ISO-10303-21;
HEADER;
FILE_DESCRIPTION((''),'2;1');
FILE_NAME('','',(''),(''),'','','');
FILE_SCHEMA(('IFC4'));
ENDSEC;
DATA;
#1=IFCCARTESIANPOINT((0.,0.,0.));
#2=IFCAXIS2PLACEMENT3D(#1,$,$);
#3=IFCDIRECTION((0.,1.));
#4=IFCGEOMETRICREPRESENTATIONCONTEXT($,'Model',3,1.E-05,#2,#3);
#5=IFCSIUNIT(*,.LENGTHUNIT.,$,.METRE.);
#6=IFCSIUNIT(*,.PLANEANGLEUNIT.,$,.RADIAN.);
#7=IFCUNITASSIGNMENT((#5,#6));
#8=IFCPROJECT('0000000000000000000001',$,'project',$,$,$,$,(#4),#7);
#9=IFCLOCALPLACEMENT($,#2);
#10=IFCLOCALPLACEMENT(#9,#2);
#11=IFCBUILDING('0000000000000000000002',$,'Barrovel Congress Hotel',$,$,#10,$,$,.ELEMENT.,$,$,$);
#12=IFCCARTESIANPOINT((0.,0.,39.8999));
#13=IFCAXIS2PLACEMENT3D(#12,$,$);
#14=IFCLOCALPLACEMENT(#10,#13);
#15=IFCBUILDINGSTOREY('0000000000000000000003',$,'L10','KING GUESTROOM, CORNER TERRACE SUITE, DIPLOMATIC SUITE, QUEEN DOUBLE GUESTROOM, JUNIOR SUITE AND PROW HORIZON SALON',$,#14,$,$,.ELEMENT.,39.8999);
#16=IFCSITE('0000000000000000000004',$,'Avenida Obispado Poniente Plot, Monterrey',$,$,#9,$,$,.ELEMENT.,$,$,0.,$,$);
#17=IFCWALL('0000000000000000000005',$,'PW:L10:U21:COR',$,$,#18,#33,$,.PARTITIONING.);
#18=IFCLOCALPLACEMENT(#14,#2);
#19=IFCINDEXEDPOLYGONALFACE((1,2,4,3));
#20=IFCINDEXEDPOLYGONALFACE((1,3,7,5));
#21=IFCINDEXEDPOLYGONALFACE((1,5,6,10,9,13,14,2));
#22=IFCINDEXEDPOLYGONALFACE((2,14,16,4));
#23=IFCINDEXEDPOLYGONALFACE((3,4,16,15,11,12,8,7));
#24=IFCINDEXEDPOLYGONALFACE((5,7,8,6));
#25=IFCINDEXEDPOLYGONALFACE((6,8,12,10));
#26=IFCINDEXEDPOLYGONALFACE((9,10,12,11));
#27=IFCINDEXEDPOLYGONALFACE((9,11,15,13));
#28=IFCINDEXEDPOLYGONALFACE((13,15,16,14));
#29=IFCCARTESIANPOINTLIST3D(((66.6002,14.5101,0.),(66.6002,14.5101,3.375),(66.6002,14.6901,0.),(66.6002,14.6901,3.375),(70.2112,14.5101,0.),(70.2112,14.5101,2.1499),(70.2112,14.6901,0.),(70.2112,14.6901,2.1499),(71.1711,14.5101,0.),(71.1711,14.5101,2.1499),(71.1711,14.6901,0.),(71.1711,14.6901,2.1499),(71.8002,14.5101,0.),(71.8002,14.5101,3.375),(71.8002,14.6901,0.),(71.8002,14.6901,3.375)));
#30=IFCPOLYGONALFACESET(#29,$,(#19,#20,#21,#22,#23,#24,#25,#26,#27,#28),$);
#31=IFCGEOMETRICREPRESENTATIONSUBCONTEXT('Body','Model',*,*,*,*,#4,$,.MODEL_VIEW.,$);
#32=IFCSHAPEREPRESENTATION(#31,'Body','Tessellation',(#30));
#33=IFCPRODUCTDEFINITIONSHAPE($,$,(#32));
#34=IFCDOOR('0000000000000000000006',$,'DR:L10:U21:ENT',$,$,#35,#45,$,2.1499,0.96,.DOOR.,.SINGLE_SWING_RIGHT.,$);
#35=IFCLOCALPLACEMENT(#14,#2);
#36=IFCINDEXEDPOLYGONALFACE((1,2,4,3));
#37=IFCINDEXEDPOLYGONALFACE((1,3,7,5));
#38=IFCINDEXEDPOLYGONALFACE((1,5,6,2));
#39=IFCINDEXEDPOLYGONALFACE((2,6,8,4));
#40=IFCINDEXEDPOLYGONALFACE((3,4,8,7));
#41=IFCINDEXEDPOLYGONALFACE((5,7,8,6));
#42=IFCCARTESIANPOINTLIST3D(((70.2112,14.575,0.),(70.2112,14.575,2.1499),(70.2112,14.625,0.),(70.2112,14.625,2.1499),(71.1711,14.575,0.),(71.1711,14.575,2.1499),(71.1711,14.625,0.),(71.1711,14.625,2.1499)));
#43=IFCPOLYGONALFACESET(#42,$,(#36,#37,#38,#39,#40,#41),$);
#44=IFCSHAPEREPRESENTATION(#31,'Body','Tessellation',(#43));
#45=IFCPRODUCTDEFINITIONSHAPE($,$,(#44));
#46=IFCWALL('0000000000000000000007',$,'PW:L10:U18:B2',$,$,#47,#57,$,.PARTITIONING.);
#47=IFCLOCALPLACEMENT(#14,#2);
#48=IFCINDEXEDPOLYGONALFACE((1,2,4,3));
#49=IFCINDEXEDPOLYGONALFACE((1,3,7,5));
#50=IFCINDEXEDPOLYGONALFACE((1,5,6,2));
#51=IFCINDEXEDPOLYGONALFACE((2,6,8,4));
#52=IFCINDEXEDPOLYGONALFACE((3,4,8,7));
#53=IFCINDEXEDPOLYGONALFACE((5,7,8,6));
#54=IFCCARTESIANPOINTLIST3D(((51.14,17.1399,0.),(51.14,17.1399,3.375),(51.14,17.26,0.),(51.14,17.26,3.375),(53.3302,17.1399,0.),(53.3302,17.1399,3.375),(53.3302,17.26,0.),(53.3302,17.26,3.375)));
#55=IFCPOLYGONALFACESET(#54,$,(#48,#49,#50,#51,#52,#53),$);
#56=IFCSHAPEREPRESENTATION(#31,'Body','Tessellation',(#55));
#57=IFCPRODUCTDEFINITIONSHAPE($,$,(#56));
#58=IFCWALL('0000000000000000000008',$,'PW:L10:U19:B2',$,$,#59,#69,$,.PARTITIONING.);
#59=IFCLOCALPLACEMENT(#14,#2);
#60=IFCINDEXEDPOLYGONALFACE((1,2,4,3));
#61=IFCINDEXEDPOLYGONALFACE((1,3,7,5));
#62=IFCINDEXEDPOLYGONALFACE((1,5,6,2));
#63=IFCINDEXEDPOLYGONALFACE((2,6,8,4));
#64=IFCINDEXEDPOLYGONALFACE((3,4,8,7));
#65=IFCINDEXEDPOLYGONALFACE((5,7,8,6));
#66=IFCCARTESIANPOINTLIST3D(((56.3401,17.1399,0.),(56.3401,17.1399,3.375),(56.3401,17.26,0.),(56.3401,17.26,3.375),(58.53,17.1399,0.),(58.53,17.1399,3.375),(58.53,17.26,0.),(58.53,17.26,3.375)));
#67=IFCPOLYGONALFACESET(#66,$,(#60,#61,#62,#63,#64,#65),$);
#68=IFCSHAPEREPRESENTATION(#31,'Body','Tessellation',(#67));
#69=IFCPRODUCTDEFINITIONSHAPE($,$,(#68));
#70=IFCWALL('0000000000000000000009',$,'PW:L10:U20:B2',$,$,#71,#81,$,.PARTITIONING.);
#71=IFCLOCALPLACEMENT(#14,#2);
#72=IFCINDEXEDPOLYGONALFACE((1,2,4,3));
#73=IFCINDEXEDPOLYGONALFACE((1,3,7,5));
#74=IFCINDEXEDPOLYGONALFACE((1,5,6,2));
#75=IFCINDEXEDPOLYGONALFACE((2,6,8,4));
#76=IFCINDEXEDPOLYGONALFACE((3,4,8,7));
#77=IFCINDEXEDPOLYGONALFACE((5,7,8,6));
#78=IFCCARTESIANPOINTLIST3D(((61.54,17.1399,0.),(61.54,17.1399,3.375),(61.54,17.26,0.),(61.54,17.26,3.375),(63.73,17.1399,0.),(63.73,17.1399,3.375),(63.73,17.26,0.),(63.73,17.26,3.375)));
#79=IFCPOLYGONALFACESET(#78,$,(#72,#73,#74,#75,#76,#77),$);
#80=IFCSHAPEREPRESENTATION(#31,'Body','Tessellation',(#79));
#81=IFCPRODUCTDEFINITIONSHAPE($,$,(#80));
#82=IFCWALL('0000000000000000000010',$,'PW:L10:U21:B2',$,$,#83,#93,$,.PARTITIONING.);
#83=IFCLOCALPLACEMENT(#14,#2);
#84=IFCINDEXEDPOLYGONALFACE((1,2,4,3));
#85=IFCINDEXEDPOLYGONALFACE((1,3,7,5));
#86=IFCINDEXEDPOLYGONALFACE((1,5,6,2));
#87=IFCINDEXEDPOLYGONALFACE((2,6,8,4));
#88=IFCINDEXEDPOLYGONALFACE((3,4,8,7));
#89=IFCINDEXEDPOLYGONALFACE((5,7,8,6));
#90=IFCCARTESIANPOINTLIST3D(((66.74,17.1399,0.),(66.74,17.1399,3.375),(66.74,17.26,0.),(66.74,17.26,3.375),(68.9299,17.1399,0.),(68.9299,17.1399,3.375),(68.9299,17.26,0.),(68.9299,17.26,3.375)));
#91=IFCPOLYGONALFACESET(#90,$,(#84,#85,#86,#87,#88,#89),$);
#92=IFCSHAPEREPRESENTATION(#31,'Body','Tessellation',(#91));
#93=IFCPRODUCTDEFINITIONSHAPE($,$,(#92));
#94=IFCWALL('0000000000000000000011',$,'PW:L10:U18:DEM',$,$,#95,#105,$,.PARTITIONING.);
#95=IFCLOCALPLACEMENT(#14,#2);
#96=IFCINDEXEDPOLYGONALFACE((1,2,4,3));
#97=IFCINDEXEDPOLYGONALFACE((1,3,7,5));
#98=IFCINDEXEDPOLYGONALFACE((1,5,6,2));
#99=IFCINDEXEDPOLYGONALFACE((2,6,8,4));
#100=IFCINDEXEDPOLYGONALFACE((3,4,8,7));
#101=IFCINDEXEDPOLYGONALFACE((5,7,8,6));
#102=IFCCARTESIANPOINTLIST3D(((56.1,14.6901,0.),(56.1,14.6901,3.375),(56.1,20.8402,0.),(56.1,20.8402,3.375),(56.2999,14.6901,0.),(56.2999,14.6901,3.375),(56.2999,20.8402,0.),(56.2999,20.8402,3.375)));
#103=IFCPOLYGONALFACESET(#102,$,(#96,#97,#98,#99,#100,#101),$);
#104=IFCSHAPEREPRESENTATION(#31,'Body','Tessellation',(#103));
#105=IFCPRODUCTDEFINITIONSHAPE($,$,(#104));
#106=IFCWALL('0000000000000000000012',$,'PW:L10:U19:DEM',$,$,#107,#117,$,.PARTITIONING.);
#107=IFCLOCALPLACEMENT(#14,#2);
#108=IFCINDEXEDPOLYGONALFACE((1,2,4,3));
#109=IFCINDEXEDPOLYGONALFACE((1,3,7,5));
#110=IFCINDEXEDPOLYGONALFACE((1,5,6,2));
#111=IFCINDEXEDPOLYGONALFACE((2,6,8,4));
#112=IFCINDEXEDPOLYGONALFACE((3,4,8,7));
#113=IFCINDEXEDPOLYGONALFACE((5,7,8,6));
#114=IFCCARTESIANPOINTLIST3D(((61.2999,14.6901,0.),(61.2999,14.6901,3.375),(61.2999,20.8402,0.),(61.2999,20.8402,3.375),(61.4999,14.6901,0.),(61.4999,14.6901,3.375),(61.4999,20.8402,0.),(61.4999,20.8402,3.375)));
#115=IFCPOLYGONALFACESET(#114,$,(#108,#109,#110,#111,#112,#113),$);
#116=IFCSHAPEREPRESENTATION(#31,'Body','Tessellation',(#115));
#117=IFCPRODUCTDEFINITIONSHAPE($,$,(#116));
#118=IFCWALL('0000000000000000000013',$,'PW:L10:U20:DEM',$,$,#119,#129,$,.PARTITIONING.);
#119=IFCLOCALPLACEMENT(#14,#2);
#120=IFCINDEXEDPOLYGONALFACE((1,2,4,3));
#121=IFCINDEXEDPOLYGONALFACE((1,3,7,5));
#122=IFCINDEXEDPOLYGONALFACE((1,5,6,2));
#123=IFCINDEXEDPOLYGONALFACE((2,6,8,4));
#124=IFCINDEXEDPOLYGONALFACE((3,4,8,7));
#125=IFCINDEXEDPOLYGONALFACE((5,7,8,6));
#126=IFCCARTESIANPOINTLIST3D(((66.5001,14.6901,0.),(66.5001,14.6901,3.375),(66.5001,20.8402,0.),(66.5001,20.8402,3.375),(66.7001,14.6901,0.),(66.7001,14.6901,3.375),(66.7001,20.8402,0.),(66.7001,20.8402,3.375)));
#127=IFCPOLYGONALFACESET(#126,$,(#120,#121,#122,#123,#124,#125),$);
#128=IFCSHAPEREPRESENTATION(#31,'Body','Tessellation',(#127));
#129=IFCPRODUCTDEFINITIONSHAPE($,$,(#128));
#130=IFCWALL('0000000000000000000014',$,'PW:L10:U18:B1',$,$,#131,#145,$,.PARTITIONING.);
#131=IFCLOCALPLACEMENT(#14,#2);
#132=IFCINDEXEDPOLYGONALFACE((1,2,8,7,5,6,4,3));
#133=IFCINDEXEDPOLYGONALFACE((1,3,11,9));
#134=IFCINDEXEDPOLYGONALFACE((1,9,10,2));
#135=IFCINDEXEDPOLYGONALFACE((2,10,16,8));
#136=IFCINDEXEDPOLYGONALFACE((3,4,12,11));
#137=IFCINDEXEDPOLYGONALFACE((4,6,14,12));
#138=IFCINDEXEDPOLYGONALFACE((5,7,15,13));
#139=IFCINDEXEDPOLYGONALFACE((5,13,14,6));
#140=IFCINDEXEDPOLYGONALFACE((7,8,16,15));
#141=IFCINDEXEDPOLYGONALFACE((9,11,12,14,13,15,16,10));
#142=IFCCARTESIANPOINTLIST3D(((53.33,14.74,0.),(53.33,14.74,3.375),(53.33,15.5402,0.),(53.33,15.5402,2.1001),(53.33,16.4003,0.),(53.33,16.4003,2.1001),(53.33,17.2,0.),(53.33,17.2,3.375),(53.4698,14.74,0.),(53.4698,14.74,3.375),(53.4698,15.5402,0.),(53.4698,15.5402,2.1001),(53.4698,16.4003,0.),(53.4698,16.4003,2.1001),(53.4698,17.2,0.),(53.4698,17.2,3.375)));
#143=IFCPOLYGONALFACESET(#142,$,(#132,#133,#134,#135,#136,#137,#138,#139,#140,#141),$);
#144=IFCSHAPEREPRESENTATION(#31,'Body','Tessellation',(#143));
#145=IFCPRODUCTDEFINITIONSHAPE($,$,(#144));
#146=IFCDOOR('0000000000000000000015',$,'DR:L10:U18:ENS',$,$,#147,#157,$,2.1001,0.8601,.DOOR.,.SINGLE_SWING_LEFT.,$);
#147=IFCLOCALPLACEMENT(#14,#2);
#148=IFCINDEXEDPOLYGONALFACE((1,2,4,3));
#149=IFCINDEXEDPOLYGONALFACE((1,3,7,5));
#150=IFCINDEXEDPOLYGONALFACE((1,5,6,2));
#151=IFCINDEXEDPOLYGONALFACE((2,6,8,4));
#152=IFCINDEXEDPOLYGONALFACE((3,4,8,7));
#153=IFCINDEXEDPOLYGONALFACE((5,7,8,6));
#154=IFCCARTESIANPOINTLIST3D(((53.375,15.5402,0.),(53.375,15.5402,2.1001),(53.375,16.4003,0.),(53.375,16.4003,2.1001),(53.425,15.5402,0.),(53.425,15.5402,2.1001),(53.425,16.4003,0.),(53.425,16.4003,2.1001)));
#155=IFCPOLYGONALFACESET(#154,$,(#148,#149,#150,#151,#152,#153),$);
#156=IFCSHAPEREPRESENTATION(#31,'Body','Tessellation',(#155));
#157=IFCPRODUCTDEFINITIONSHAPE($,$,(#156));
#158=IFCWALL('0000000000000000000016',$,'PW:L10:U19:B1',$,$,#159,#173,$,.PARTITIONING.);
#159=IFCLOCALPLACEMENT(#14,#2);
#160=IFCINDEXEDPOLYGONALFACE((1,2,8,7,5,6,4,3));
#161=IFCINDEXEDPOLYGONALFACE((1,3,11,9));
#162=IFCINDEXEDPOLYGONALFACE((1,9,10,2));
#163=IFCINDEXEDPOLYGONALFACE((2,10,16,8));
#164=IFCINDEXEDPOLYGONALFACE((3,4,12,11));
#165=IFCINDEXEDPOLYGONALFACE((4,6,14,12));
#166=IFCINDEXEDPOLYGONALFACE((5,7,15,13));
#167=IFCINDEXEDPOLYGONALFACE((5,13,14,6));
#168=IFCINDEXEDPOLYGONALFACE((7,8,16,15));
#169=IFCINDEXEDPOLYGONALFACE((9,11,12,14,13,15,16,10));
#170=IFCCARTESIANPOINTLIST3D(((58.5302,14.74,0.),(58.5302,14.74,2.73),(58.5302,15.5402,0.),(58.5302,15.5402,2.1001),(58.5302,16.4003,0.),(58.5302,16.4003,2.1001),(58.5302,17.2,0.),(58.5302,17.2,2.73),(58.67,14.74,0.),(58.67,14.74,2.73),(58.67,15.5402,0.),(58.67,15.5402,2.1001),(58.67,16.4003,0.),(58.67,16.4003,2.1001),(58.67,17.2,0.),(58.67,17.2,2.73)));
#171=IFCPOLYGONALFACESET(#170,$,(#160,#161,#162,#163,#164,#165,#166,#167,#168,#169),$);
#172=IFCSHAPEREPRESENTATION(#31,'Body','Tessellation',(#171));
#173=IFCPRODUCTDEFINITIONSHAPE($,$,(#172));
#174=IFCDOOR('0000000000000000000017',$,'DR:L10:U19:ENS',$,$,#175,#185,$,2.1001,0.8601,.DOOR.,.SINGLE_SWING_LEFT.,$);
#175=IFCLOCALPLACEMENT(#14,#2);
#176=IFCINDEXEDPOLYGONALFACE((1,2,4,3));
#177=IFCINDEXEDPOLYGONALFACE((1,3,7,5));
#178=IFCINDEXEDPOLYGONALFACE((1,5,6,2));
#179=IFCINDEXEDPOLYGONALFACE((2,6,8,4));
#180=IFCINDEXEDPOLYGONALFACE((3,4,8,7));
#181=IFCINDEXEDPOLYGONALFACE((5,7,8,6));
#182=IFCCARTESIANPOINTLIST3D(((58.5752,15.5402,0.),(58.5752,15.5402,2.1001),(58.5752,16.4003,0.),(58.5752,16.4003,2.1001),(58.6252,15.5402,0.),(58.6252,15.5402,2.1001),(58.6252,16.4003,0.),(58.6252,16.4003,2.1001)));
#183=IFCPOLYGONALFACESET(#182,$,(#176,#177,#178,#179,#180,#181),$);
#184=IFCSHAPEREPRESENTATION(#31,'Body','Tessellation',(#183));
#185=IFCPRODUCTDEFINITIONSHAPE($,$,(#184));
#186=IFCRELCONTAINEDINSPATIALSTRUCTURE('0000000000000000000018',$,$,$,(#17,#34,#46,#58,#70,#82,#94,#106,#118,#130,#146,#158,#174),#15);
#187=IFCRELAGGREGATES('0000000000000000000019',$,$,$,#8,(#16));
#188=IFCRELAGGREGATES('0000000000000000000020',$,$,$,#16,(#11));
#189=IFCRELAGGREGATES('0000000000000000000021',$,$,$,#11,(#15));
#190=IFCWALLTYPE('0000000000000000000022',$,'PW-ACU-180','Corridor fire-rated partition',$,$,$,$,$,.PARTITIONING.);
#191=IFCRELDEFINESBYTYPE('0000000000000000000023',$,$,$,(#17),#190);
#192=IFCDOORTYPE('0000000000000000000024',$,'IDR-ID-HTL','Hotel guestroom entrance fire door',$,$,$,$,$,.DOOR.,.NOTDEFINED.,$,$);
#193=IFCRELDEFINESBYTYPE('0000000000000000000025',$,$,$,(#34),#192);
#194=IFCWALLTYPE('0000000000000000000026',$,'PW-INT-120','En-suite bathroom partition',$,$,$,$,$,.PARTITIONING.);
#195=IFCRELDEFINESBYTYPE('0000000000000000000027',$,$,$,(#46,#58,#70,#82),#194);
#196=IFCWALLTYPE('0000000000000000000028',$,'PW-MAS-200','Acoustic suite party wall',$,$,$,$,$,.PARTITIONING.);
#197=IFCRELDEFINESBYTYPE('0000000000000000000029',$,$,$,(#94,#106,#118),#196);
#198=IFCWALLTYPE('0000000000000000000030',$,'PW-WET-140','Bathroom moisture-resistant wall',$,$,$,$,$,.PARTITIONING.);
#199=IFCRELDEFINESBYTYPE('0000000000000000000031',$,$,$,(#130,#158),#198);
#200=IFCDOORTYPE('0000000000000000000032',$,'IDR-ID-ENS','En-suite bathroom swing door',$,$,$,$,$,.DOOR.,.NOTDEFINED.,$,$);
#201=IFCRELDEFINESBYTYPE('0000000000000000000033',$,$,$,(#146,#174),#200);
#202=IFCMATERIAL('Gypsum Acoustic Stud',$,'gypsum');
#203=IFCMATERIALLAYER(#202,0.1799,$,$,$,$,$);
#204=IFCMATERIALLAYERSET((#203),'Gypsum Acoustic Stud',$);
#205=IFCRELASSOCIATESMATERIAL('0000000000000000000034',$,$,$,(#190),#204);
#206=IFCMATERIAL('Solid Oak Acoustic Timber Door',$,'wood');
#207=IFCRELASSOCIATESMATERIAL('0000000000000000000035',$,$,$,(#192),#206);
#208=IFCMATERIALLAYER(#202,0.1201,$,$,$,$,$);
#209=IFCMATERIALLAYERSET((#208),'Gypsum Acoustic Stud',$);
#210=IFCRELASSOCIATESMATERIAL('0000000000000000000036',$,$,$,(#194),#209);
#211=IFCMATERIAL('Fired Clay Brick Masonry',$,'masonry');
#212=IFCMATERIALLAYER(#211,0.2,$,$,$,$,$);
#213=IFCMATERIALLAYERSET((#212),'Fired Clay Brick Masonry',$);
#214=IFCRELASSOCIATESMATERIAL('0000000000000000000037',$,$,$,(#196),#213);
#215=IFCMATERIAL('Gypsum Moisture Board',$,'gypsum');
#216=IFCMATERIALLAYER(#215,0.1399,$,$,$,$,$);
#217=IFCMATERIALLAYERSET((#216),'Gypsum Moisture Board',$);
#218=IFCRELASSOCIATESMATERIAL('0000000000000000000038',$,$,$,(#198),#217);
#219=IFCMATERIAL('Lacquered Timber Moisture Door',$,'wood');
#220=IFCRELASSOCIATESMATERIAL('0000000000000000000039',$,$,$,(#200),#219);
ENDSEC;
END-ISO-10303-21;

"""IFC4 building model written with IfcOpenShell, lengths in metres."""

from ifc_helpers import new_model, si_unit, direction, frame, frame_2d, origin, place, context, subcontext, project, spatial, rectangle, extrude, material, layer, layer_set, type_object, element, fill, save


model = new_model("IFC4")

# Units and contexts
model_context = context("Model", 3, precision=1e-05, world=origin(), true_north=direction((0.0, 1.0)))
body_context = subcontext(model_context, "Body", "Model", "MODEL_VIEW")
ifc_project = project(units=[si_unit("LENGTHUNIT", "METRE"), si_unit("PLANEANGLEUNIT", "RADIAN")], contexts=[model_context])

# Site, building, storey
site_placement = place(None, origin())
site = spatial("IfcSite", under=ifc_project, at=site_placement, Name="Avenida Obispado Poniente Plot, Monterrey", CompositionType="ELEMENT", RefElevation=0.0)
building_placement = place(site_placement, origin())
building = spatial("IfcBuilding", under=site, at=building_placement, Name="Barrovel Congress Hotel", CompositionType="ELEMENT")
storey_placement = place(building_placement, frame((0.0, 0.0, 39.8999)))
storey = spatial("IfcBuildingStorey", under=building, at=storey_placement, Name="L10", Description="KING GUESTROOM, CORNER TERRACE SUITE, DIPLOMATIC SUITE, QUEEN DOUBLE GUESTROOM, JUNIOR SUITE AND PROW HORIZON SALON", CompositionType="ELEMENT", Elevation=39.8999)

# Wall, opening, door
ifc_material_1 = material(Name="Gypsum Acoustic Stud", Category="gypsum")
ifc_layer_1 = layer(ifc_material_1, 0.1799)
ifc_layer_set_1 = layer_set([ifc_layer_1], Name="Gypsum Acoustic Stud")
wall_type_1 = type_object("IfcWallType", Name="PW-ACU-180", Description="Corridor fire-rated partition", PredefinedType="PARTITIONING", material=ifc_layer_set_1)
ifc_material_2 = material(Name="Solid Oak Acoustic Timber Door", Category="wood")
door_type_1 = type_object("IfcDoorType", Name="IDR-ID-HTL", Description="Hotel guestroom entrance fire door", OperationType="NOTDEFINED", PredefinedType="DOOR", material=ifc_material_2)
wall_1_placement = place(storey_placement, frame((66.6001, 14.6001, 0.0), z_axis=(0.0, 0.0, 1.0), x_axis=(1.0, 0.0, 0.0)))
wall_1 = element("IfcWall", 1, at=wall_1_placement, inside=storey, type_object=wall_type_1, Name="PW:L10:U21:COR", PredefinedType="PARTITIONING", context=body_context, shape_type="SweptSolid", body=[
    extrude(rectangle(XDim=5.2, YDim=0.1799, at=frame_2d((2.6001, 0.0))), origin(), (0.0, 0.0, 1.0), 3.375),
])
opening_1_placement = place(wall_1_placement, frame((3.6111, 0.0, 0.0)))
opening_1 = element("IfcOpeningElement", 2, at=opening_1_placement, cuts=wall_1, PredefinedType="OPENING", context=body_context, shape_type="SweptSolid", body=[
    extrude(rectangle(XDim=0.96, YDim=2.1499, at=frame_2d((0.48, 1.075))), frame((0.0, 0.1001, 0.0), z_axis=(0.0, -1.0, 0.0), x_axis=(1.0, 0.0, 0.0)), (0.0, 0.0, 1.0), 0.2),
])
door_1_placement = place(opening_1_placement, origin())
door_1 = element("IfcDoor", 3, at=door_1_placement, inside=storey, type_object=door_type_1, Name="DR:L10:U21:ENT", OperationType="SINGLE_SWING_RIGHT", OverallHeight=2.1499, OverallWidth=0.96, PredefinedType="DOOR", context=body_context, shape_type="SweptSolid", body=[
    extrude(rectangle(XDim=0.96, YDim=2.1499, at=frame_2d((0.48, 1.075))), frame((0.0, 0.0249, 0.0), z_axis=(0.0, -1.0, 0.0), x_axis=(1.0, 0.0, 0.0)), (0.0, 0.0, 1.0), 0.05),
])
fill(opening_1, door_1)

# Walls
ifc_layer_2 = layer(ifc_material_1, 0.1201)
ifc_layer_set_2 = layer_set([ifc_layer_2], Name="Gypsum Acoustic Stud")
wall_type_2 = type_object("IfcWallType", Name="PW-INT-120", Description="En-suite bathroom partition", PredefinedType="PARTITIONING", material=ifc_layer_set_2)
wall_2_placement = place(storey_placement, frame((51.1399, 17.2, 0.0), z_axis=(0.0, 0.0, 1.0), x_axis=(1.0, 0.0, 0.0)))
element("IfcWall", 4, at=wall_2_placement, inside=storey, type_object=wall_type_2, Name="PW:L10:U18:B2", PredefinedType="PARTITIONING", context=body_context, shape_type="SweptSolid", body=[
    extrude(rectangle(XDim=2.1902, YDim=0.1201, at=frame_2d((1.0952, 0.0))), origin(), (0.0, 0.0, 1.0), 3.375),
])
for number, where, z_axis, x_axis, name in (
    (5, (56.3401, 17.2, 0.0), (0.0, 0.0, 1.0), (1.0, 0.0, 0.0), "PW:L10:U19:B2"),
    (6, (61.54, 17.2, 0.0), (0.0, 0.0, 1.0), (1.0, 0.0, 0.0), "PW:L10:U20:B2"),
    (7, (66.74, 17.2, 0.0), (0.0, 0.0, 1.0), (1.0, 0.0, 0.0), "PW:L10:U21:B2"),
):
    element("IfcWall", number, at=place(storey_placement, frame(where, z_axis=z_axis, x_axis=x_axis)), inside=storey, type_object=wall_type_2, Name=name, PredefinedType="PARTITIONING", context=body_context, shape_type="SweptSolid", body=[
        extrude(rectangle(XDim=2.1899, YDim=0.1201, at=frame_2d((1.095, 0.0))), origin(), (0.0, 0.0, 1.0), 3.375),
    ])
ifc_material_3 = material(Name="Fired Clay Brick Masonry", Category="masonry")
ifc_layer_3 = layer(ifc_material_3, 0.2)
ifc_layer_set_3 = layer_set([ifc_layer_3], Name="Fired Clay Brick Masonry")
wall_type_3 = type_object("IfcWallType", Name="PW-MAS-200", Description="Acoustic suite party wall", PredefinedType="PARTITIONING", material=ifc_layer_set_3)
for number, where, z_axis, x_axis, name in (
    (8, (56.2, 14.6899, 0.0), (0.0, 0.0, 1.0), (0.0, 1.0, 0.0), "PW:L10:U18:DEM"),
    (9, (61.3999, 14.6899, 0.0), (0.0, 0.0, 1.0), (0.0, 1.0, 0.0), "PW:L10:U19:DEM"),
    (10, (66.6001, 14.6899, 0.0), (0.0, 0.0, 1.0), (0.0, 1.0, 0.0), "PW:L10:U20:DEM"),
):
    element("IfcWall", number, at=place(storey_placement, frame(where, z_axis=z_axis, x_axis=x_axis)), inside=storey, type_object=wall_type_3, Name=name, PredefinedType="PARTITIONING", context=body_context, shape_type="SweptSolid", body=[
        extrude(rectangle(XDim=6.1501, YDim=0.2, at=frame_2d((3.0752, 0.0))), origin(), (0.0, 0.0, 1.0), 3.375),
    ])

# Walls, openings, doors
ifc_material_4 = material(Name="Gypsum Moisture Board", Category="gypsum")
ifc_layer_4 = layer(ifc_material_4, 0.1399)
ifc_layer_set_4 = layer_set([ifc_layer_4], Name="Gypsum Moisture Board")
wall_type_4 = type_object("IfcWallType", Name="PW-WET-140", Description="Bathroom moisture-resistant wall", PredefinedType="PARTITIONING", material=ifc_layer_set_4)
wall_3_placement = place(storey_placement, frame((53.3999, 14.74, 0.0), z_axis=(0.0, 0.0, 1.0), x_axis=(0.0, 1.0, 0.0)))
wall_3 = element("IfcWall", 11, at=wall_3_placement, inside=storey, type_object=wall_type_4, Name="PW:L10:U18:B1", PredefinedType="PARTITIONING", context=body_context, shape_type="SweptSolid", body=[
    extrude(rectangle(XDim=2.46, YDim=0.1399, at=frame_2d((1.23, 0.0))), origin(), (0.0, 0.0, 1.0), 3.375),
])
opening_2_placement = place(wall_3_placement, frame((0.8, 0.0, 0.0)))
opening_2 = element("IfcOpeningElement", 12, at=opening_2_placement, cuts=wall_3, PredefinedType="OPENING", context=body_context, shape_type="SweptSolid", body=[
    extrude(rectangle(XDim=0.8601, YDim=2.1001, at=frame_2d((0.4302, 1.05))), frame((0.0, 0.0801, 0.0), z_axis=(0.0, -1.0, 0.0), x_axis=(1.0, 0.0, 0.0)), (0.0, 0.0, 1.0), 0.1599),
])
ifc_material_5 = material(Name="Lacquered Timber Moisture Door", Category="wood")
door_type_2 = type_object("IfcDoorType", Name="IDR-ID-ENS", Description="En-suite bathroom swing door", OperationType="NOTDEFINED", PredefinedType="DOOR", material=ifc_material_5)
door_2_placement = place(opening_2_placement, origin())
door_2 = element("IfcDoor", 13, at=door_2_placement, inside=storey, type_object=door_type_2, Name="DR:L10:U18:ENS", OperationType="SINGLE_SWING_LEFT", OverallHeight=2.1001, OverallWidth=0.8601, PredefinedType="DOOR", context=body_context, shape_type="SweptSolid", body=[
    extrude(rectangle(XDim=0.8601, YDim=2.1001, at=frame_2d((0.4302, 1.05))), frame((0.0, 0.0249, 0.0), z_axis=(0.0, -1.0, 0.0), x_axis=(1.0, 0.0, 0.0)), (0.0, 0.0, 1.0), 0.05),
])
fill(opening_2, door_2)
wall_4_placement = place(storey_placement, frame((58.6001, 14.74, 0.0), z_axis=(0.0, 0.0, 1.0), x_axis=(0.0, 1.0, 0.0)))
wall_4 = element("IfcWall", 14, at=wall_4_placement, inside=storey, type_object=wall_type_4, Name="PW:L10:U19:B1", PredefinedType="PARTITIONING", context=body_context, shape_type="SweptSolid", body=[
    extrude(rectangle(XDim=2.46, YDim=0.1399, at=frame_2d((1.23, 0.0))), origin(), (0.0, 0.0, 1.0), 2.73),
])
opening_3_placement = place(wall_4_placement, frame((0.8, 0.0, 0.0)))
opening_3 = element("IfcOpeningElement", 15, at=opening_3_placement, cuts=wall_4, PredefinedType="OPENING", context=body_context, shape_type="SweptSolid", body=[
    extrude(rectangle(XDim=0.8601, YDim=2.1001, at=frame_2d((0.4302, 1.05))), frame((0.0, 0.0801, 0.0), z_axis=(0.0, -1.0, 0.0), x_axis=(1.0, 0.0, 0.0)), (0.0, 0.0, 1.0), 0.1599),
])
door_3_placement = place(opening_3_placement, origin())
door_3 = element("IfcDoor", 16, at=door_3_placement, inside=storey, type_object=door_type_2, Name="DR:L10:U19:ENS", OperationType="SINGLE_SWING_LEFT", OverallHeight=2.1001, OverallWidth=0.8601, PredefinedType="DOOR", context=body_context, shape_type="SweptSolid", body=[
    extrude(rectangle(XDim=0.8601, YDim=2.1001, at=frame_2d((0.4302, 1.05))), frame((0.0, 0.0249, 0.0), z_axis=(0.0, -1.0, 0.0), x_axis=(1.0, 0.0, 0.0)), (0.0, 0.0, 1.0), 0.05),
])
fill(opening_3, door_3)

save(model, "model.ifc")
